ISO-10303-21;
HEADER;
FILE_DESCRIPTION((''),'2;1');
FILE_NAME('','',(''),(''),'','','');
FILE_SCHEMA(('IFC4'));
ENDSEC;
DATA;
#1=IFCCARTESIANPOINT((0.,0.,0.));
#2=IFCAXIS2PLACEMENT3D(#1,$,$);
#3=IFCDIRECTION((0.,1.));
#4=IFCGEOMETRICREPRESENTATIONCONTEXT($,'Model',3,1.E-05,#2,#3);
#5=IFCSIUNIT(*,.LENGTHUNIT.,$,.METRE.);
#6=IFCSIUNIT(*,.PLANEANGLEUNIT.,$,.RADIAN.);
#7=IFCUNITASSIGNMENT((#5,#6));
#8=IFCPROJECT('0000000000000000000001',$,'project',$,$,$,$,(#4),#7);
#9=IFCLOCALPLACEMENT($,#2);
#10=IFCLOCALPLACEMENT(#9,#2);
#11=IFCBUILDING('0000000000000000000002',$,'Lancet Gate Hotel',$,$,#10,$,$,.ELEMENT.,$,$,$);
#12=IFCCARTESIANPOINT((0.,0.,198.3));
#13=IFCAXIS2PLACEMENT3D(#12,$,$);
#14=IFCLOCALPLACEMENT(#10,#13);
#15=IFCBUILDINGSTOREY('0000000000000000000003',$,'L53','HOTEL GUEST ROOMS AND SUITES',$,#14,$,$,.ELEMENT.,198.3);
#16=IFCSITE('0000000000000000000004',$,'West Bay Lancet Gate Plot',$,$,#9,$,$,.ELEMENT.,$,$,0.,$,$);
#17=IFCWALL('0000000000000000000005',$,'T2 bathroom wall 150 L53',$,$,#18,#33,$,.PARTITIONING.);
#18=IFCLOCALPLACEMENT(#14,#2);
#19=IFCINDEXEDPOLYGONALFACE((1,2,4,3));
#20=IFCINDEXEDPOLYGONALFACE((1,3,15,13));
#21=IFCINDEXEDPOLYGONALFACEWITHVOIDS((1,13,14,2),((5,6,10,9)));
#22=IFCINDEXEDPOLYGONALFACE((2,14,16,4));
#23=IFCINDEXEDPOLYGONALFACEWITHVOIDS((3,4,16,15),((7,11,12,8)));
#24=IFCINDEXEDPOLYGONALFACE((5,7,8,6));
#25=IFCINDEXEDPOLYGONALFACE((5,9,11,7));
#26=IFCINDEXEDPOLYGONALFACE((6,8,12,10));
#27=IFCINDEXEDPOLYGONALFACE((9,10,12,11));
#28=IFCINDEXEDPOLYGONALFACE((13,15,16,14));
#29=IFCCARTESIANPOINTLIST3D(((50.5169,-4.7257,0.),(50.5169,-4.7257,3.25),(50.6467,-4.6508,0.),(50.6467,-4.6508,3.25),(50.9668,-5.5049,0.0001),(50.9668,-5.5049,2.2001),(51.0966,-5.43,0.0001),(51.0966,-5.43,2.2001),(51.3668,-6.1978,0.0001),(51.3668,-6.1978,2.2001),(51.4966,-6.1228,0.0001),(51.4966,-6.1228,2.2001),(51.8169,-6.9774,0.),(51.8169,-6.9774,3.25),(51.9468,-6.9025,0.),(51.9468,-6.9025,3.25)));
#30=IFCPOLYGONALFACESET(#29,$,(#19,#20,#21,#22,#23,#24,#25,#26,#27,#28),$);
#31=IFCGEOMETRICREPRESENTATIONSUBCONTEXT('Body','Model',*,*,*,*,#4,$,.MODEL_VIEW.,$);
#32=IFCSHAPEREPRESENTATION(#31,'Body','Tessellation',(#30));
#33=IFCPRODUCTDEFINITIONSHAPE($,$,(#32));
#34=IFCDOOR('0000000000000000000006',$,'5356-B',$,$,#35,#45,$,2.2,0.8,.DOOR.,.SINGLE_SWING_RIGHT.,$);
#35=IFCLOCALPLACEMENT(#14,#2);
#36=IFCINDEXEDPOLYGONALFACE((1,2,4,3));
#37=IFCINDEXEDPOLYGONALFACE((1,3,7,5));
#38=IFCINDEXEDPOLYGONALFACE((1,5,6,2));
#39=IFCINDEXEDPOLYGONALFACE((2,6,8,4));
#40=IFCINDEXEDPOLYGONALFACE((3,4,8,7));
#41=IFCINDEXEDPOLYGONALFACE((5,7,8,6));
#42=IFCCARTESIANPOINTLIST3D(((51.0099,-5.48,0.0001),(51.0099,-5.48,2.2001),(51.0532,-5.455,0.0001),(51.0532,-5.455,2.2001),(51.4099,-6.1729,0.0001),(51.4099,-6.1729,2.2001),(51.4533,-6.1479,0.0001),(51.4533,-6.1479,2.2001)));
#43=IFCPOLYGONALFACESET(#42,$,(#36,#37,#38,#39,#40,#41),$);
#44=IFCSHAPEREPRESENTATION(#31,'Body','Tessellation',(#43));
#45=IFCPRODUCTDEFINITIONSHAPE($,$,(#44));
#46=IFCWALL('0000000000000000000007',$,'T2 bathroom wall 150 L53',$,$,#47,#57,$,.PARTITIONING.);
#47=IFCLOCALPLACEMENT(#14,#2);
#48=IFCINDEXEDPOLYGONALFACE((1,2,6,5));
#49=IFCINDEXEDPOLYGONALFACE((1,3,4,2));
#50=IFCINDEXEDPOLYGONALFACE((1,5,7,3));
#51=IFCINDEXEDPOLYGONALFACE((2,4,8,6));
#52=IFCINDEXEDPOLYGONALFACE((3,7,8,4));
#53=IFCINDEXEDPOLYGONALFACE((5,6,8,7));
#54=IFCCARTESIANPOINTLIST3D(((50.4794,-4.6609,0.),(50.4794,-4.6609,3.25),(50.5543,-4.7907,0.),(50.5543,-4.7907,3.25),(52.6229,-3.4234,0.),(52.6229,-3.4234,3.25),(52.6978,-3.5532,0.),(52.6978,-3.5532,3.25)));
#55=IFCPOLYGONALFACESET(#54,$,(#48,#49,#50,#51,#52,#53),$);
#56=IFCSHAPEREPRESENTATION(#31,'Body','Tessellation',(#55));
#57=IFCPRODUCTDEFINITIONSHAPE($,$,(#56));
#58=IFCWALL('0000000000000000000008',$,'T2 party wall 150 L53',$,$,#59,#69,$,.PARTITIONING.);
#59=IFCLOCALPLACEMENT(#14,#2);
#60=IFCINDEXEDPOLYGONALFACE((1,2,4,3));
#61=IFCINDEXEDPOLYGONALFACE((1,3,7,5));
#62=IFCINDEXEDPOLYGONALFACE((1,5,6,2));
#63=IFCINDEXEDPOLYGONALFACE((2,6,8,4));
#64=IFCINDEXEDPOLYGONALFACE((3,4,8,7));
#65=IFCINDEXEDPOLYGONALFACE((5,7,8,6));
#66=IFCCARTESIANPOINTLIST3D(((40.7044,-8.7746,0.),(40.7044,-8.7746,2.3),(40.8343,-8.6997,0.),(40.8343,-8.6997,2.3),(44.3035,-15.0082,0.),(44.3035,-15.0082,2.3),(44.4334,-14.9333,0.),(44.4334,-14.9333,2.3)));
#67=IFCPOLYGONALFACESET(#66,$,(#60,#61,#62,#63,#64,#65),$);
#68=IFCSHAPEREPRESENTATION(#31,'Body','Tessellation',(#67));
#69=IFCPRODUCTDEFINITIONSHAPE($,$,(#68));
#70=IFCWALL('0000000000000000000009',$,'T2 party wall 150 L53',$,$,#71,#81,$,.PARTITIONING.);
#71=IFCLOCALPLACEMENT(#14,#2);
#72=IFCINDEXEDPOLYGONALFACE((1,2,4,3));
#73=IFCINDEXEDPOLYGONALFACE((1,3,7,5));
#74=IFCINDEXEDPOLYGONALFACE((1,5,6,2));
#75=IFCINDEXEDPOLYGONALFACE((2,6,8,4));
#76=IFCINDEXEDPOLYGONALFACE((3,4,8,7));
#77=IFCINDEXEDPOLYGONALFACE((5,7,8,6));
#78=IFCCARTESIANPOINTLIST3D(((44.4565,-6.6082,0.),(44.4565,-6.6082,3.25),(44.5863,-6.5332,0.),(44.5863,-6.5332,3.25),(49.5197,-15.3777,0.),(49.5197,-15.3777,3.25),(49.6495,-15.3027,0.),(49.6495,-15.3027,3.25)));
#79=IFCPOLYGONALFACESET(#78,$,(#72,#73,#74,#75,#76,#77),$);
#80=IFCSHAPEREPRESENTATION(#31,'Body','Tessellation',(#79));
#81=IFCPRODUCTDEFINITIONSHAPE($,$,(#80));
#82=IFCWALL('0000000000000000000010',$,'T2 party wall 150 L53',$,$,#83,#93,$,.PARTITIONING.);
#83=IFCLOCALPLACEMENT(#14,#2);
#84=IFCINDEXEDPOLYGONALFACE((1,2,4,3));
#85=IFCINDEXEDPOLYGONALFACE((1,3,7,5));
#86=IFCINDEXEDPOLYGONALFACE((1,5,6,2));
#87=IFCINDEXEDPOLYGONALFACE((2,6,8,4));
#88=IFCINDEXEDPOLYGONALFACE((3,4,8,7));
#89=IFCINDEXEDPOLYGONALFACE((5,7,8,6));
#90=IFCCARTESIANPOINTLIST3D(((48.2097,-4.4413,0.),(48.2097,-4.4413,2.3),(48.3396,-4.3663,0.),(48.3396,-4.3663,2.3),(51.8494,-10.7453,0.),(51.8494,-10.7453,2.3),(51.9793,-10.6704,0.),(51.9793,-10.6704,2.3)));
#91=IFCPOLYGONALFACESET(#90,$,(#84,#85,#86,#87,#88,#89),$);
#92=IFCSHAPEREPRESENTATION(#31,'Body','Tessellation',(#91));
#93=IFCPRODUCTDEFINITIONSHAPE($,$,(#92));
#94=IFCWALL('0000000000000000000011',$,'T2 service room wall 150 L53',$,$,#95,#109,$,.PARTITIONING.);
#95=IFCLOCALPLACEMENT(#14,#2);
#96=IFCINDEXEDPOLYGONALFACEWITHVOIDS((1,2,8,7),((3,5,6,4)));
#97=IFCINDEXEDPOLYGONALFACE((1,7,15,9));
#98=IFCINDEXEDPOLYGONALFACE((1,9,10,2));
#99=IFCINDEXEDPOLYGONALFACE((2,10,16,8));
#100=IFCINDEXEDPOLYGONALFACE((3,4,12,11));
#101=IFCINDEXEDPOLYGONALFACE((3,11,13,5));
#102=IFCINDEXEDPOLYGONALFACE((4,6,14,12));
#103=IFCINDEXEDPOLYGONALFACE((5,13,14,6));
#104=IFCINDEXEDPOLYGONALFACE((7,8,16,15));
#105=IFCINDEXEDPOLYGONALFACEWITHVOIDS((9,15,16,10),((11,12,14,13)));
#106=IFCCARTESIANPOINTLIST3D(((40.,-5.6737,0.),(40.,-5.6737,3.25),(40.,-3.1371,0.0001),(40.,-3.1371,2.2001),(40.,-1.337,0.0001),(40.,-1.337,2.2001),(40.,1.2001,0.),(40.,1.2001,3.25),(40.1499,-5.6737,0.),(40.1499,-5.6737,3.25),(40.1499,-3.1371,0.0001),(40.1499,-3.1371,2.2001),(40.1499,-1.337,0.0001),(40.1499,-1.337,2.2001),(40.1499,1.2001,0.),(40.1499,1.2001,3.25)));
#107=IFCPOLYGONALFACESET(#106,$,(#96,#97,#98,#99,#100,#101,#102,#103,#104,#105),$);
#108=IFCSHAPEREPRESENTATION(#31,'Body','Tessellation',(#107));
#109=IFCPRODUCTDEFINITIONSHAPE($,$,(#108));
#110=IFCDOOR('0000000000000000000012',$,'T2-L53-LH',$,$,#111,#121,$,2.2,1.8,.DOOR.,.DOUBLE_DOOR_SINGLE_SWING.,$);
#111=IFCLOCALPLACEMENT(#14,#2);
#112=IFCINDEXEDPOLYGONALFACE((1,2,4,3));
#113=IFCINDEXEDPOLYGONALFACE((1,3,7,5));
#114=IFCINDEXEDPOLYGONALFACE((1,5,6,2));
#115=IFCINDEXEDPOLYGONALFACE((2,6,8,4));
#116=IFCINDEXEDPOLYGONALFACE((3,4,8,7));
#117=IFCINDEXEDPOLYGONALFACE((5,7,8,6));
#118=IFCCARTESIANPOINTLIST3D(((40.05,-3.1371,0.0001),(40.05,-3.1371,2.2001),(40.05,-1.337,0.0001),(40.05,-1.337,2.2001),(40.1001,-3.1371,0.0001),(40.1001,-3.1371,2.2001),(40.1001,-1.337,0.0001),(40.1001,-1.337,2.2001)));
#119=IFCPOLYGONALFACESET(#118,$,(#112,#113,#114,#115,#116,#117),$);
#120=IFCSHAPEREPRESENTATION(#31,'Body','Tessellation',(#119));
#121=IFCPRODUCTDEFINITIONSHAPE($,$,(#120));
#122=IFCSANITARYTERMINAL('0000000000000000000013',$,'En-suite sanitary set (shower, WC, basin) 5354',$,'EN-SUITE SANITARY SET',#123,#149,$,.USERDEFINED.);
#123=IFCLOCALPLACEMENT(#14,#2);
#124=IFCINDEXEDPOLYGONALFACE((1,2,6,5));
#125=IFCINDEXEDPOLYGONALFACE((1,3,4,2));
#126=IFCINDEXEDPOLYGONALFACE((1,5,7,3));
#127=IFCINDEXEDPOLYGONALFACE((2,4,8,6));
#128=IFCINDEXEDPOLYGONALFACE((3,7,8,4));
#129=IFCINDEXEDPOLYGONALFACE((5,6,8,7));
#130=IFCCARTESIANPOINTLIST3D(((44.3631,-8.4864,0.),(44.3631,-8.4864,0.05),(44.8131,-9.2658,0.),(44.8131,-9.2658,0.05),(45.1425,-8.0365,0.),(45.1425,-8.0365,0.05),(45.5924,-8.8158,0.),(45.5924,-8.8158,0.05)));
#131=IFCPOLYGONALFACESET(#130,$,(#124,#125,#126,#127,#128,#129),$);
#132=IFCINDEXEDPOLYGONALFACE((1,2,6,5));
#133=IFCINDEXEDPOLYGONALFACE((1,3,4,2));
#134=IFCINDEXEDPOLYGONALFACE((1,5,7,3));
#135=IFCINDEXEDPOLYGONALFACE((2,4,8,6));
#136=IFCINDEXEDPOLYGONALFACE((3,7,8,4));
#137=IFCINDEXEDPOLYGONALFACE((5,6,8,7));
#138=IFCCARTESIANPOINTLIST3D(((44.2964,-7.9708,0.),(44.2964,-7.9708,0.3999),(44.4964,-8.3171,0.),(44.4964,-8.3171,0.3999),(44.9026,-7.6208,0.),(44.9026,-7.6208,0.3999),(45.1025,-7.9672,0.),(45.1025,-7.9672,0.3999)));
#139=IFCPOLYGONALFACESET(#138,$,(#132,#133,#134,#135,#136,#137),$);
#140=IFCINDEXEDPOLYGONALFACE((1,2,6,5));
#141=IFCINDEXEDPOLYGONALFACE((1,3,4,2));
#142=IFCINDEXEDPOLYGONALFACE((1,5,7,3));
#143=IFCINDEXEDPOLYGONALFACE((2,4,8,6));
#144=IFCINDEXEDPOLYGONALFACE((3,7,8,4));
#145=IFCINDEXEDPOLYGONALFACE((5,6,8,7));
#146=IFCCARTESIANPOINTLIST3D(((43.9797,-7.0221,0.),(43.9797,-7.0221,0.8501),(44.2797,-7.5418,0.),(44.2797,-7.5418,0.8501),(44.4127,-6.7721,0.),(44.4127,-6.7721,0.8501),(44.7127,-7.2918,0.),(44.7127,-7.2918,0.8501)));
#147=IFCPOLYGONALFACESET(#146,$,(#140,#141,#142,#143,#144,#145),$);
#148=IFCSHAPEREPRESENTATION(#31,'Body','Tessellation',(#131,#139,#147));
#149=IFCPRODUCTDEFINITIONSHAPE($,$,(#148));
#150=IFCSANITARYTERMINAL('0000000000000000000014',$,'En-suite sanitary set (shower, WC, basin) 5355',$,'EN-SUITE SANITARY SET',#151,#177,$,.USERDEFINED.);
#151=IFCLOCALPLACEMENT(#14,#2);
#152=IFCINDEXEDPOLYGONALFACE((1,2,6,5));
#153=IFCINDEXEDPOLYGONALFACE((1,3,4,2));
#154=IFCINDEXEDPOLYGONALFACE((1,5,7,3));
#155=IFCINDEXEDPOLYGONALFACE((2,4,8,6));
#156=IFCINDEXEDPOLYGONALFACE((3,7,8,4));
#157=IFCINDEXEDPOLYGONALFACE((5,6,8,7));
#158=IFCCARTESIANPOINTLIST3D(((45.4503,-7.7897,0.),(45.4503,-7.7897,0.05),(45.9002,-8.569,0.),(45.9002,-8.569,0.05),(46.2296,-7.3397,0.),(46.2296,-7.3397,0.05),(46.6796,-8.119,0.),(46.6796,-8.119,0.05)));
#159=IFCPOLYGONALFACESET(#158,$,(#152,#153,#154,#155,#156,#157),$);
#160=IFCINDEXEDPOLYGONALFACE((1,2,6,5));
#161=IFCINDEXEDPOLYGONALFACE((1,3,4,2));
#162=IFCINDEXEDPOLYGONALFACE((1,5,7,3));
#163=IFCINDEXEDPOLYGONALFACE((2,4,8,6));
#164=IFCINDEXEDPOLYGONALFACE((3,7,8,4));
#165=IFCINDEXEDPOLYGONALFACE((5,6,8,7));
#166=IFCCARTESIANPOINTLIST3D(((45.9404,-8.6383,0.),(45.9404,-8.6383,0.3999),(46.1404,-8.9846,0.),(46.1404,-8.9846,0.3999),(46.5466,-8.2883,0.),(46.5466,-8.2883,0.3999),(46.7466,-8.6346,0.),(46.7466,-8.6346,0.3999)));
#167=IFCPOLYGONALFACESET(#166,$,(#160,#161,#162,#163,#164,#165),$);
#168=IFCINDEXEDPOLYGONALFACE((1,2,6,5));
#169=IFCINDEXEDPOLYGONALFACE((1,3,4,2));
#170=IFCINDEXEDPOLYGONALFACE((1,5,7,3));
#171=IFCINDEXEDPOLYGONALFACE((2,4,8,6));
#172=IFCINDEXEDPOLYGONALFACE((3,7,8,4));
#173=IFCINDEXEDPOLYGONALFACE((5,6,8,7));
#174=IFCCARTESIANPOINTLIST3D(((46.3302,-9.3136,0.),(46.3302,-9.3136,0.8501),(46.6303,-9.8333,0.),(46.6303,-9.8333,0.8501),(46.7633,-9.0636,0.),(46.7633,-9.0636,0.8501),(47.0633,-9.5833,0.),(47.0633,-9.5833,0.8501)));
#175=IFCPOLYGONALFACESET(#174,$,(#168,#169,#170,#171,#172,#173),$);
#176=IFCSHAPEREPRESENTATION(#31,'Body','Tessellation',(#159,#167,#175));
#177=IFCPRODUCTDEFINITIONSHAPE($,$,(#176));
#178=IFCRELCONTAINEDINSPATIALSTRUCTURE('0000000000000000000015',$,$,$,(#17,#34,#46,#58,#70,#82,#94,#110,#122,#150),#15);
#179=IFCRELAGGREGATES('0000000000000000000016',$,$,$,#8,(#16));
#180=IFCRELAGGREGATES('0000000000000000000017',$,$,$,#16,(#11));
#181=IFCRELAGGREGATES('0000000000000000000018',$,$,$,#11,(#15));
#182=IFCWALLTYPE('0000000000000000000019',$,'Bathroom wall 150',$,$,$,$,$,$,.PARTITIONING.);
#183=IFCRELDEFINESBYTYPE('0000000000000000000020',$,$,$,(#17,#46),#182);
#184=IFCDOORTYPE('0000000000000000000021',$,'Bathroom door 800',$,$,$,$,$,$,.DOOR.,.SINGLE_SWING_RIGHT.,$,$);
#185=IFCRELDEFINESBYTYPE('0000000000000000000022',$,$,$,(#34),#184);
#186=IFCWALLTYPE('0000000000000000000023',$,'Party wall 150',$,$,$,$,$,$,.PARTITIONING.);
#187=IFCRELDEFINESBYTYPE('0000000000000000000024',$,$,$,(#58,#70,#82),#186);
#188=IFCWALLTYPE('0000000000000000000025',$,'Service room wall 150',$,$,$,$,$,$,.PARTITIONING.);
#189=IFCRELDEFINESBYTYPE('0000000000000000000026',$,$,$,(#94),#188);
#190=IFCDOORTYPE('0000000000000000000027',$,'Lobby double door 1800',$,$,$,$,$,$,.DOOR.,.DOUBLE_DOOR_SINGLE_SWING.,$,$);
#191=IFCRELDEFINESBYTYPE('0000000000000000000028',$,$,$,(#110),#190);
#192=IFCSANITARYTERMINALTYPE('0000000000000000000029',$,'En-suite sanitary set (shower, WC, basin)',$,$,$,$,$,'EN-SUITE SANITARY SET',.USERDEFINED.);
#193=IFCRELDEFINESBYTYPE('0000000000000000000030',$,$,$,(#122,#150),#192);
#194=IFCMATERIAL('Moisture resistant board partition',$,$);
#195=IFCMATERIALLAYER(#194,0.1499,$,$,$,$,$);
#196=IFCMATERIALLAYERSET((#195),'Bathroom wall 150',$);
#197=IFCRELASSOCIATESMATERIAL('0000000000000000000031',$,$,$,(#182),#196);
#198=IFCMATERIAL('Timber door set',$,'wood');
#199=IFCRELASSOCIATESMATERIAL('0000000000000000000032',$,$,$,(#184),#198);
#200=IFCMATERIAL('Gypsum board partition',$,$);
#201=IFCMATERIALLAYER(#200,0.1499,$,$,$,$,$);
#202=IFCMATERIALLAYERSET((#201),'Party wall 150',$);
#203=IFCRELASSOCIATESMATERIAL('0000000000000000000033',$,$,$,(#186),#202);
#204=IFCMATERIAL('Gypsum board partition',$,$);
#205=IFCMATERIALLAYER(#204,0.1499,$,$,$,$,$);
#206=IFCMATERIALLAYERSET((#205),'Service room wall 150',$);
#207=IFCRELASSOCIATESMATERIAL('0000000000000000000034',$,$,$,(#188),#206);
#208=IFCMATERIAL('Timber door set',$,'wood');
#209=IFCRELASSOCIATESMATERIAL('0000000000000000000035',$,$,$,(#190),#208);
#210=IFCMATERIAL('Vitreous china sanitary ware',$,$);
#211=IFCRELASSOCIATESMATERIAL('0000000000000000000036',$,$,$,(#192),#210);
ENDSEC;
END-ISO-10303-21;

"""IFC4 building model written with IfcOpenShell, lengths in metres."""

from ifc_helpers import new_model, si_unit, direction, frame, frame_2d, origin, origin_2d, place, context, subcontext, project, spatial, rectangle, extrude, material, layer, layer_set, type_object, element, fill, save


model = new_model("IFC4")

# Units and contexts
model_context = context("Model", 3, precision=1e-05, world=origin(), true_north=direction((0.0, 1.0)))
body_context = subcontext(model_context, "Body", "Model", "MODEL_VIEW")
ifc_project = project(units=[si_unit("LENGTHUNIT", "METRE"), si_unit("PLANEANGLEUNIT", "RADIAN")], contexts=[model_context])

# Site, building, storey
site_placement = place(None, origin())
site = spatial("IfcSite", under=ifc_project, at=site_placement, Name="West Bay Lancet Gate Plot", CompositionType="ELEMENT", RefElevation=0.0)
building_placement = place(site_placement, origin())
building = spatial("IfcBuilding", under=site, at=building_placement, Name="Lancet Gate Hotel", CompositionType="ELEMENT")
storey_placement = place(building_placement, frame((0.0, 0.0, 198.3)))
storey = spatial("IfcBuildingStorey", under=building, at=storey_placement, Name="L53", Description="HOTEL GUEST ROOMS AND SUITES", CompositionType="ELEMENT", Elevation=198.3)

# Shared definitions
ifc_material_1 = material(Name="Moisture resistant board partition")
ifc_layer_1 = layer(ifc_material_1, 0.1499)
ifc_layer_set_1 = layer_set([ifc_layer_1], Name="Bathroom wall 150")
wall_type_1 = type_object("IfcWallType", Name="Bathroom wall 150", PredefinedType="PARTITIONING", material=ifc_layer_set_1)

# Shared definitions
ifc_material_2 = material(Name="Timber door set", Category="wood")
door_type_1 = type_object("IfcDoorType", Name="Bathroom door 800", OperationType="SINGLE_SWING_RIGHT", PredefinedType="DOOR", material=ifc_material_2)

# Wall, opening, door
wall_1_placement = place(storey_placement, frame((50.5818, -4.6882, 0.0), z_axis=(0.0, 0.0, 1.0), x_axis=(0.500007, -0.866021, 0.0)))
wall_1 = element("IfcWall", 1, at=wall_1_placement, inside=storey, type_object=wall_type_1, Name="T2 bathroom wall 150 L53", PredefinedType="PARTITIONING", context=body_context, shape_type="SweptSolid", body=[
    extrude(rectangle(XDim=2.6001, YDim=0.1499, at=frame_2d((1.3, 0.0))), origin(), (0.0, 0.0, 1.0), 3.25),
])
opening_1_placement = place(wall_1_placement, frame((0.8999, 0.0, 0.0)))
opening_1 = element("IfcOpeningElement", 2, at=opening_1_placement, cuts=wall_1, PredefinedType="OPENING", context=body_context, shape_type="SweptSolid", body=[
    extrude(rectangle(XDim=0.8, YDim=2.2, at=frame_2d((0.3999, 1.1001))), frame((0.0, 0.085, 0.0), z_axis=(0.0, -1.0, 0.0), x_axis=(1.0, 0.0, 0.0)), (0.0, 0.0, 1.0), 0.1699),
])
door_1_placement = place(opening_1_placement, origin())
door_1 = element("IfcDoor", 3, at=door_1_placement, inside=storey, type_object=door_type_1, Name="5356-B", OperationType="SINGLE_SWING_RIGHT", OverallHeight=2.2, OverallWidth=0.8, PredefinedType="DOOR", context=body_context, shape_type="SweptSolid", body=[
    extrude(rectangle(XDim=0.8, YDim=2.2, at=frame_2d((0.3999, 1.1001))), frame((0.0, 0.0249, 0.0), z_axis=(0.0, -1.0, 0.0), x_axis=(1.0, 0.0, 0.0)), (0.0, 0.0, 1.0), 0.05),
])
fill(opening_1, door_1)

# Walls
wall_2_placement = place(storey_placement, frame((50.5168, -4.7258, 0.0), z_axis=(0.0, 0.0, 1.0), x_axis=(0.866031, 0.49999, 0.0)))
element("IfcWall", 4, at=wall_2_placement, inside=storey, type_object=wall_type_1, Name="T2 bathroom wall 150 L53", PredefinedType="PARTITIONING", context=body_context, shape_type="SweptSolid", body=[
    extrude(rectangle(XDim=2.4751, YDim=0.1499, at=frame_2d((1.2375, 0.0))), origin(), (0.0, 0.0, 1.0), 3.25),
])
ifc_material_3 = material(Name="Gypsum board partition")
ifc_layer_2 = layer(ifc_material_3, 0.1499)
ifc_layer_set_2 = layer_set([ifc_layer_2], Name="Party wall 150")
wall_type_2 = type_object("IfcWallType", Name="Party wall 150", PredefinedType="PARTITIONING", material=ifc_layer_set_2)
wall_3_placement = place(storey_placement, frame((40.7693, -8.7371, 0.0), z_axis=(0.0, 0.0, 1.0), x_axis=(0.500013, -0.866018, 0.0)))
element("IfcWall", 5, at=wall_3_placement, inside=storey, type_object=wall_type_2, Name="T2 party wall 150 L53", PredefinedType="PARTITIONING", context=body_context, shape_type="SweptSolid", body=[
    extrude(rectangle(XDim=7.198, YDim=0.1499, at=frame_2d((3.5991, 0.0))), origin(), (0.0, 0.0, 1.0), 2.3),
])
wall_4_placement = place(storey_placement, frame((44.5215, -6.5708, 0.0), z_axis=(0.0, 0.0, 1.0), x_axis=(0.50001, -0.866019, 0.0)))
element("IfcWall", 6, at=wall_4_placement, inside=storey, type_object=wall_type_2, Name="T2 party wall 150 L53", PredefinedType="PARTITIONING", context=body_context, shape_type="SweptSolid", body=[
    extrude(rectangle(XDim=10.1262, YDim=0.1499, at=frame_2d((5.063, 0.0))), origin(), (0.0, 0.0, 1.0), 3.25),
])
wall_5_placement = place(storey_placement, frame((48.2747, -4.4038, 0.0), z_axis=(0.0, 0.0, 1.0), x_axis=(0.500006, -0.866022, 0.0)))
element("IfcWall", 7, at=wall_5_placement, inside=storey, type_object=wall_type_2, Name="T2 party wall 150 L53", PredefinedType="PARTITIONING", context=body_context, shape_type="SweptSolid", body=[
    extrude(rectangle(XDim=7.2793, YDim=0.1499, at=frame_2d((3.6396, 0.0))), origin(), (0.0, 0.0, 1.0), 2.3),
])

# Wall, opening, door
ifc_material_4 = material(Name="Gypsum board partition")
ifc_layer_3 = layer(ifc_material_4, 0.1499)
ifc_layer_set_3 = layer_set([ifc_layer_3], Name="Service room wall 150")
wall_type_3 = type_object("IfcWallType", Name="Service room wall 150", PredefinedType="PARTITIONING", material=ifc_layer_set_3)
wall_6_placement = place(storey_placement, frame((40.075, -5.6738, 0.0), z_axis=(0.0, 0.0, 1.0), x_axis=(0.0, 1.0, 0.0)))
wall_6 = element("IfcWall", 8, at=wall_6_placement, inside=storey, type_object=wall_type_3, Name="T2 service room wall 150 L53", PredefinedType="PARTITIONING", context=body_context, shape_type="SweptSolid", body=[
    extrude(rectangle(XDim=6.8738, YDim=0.1499, at=frame_2d((3.437, 0.0))), origin(), (0.0, 0.0, 1.0), 3.25),
])
opening_2_placement = place(wall_6_placement, frame((2.5369, 0.0, 0.0)))
opening_2 = element("IfcOpeningElement", 9, at=opening_2_placement, cuts=wall_6, PredefinedType="OPENING", context=body_context, shape_type="SweptSolid", body=[
    extrude(rectangle(XDim=1.8, YDim=2.2, at=frame_2d((0.8999, 1.1001))), frame((0.0, 0.085, 0.0), z_axis=(0.0, -1.0, 0.0), x_axis=(1.0, 0.0, 0.0)), (0.0, 0.0, 1.0), 0.1699),
])
ifc_material_5 = material(Name="Timber door set", Category="wood")
door_type_2 = type_object("IfcDoorType", Name="Lobby double door 1800", OperationType="DOUBLE_DOOR_SINGLE_SWING", PredefinedType="DOOR", material=ifc_material_5)
door_2_placement = place(opening_2_placement, origin())
door_2 = element("IfcDoor", 10, at=door_2_placement, inside=storey, type_object=door_type_2, Name="T2-L53-LH", OperationType="DOUBLE_DOOR_SINGLE_SWING", OverallHeight=2.2, OverallWidth=1.8, PredefinedType="DOOR", context=body_context, shape_type="SweptSolid", body=[
    extrude(rectangle(XDim=1.8, YDim=2.2, at=frame_2d((0.8999, 1.1001))), frame((0.0, 0.0249, 0.0), z_axis=(0.0, -1.0, 0.0), x_axis=(1.0, 0.0, 0.0)), (0.0, 0.0, 1.0), 0.05),
])
fill(opening_2, door_2)

# Sanitary terminals
ifc_material_6 = material(Name="Vitreous china sanitary ware")
sanitary_terminal_type = type_object("IfcSanitaryTerminalType", Name="En-suite sanitary set (shower, WC, basin)", ElementType="EN-SUITE SANITARY SET", PredefinedType="USERDEFINED", material=ifc_material_6)
sanitary_terminal_1_placement = place(storey_placement, frame((44.9778, -8.6511, 0.0), z_axis=(0.0, 0.0, 1.0), x_axis=(1.0, 0.0, 0.0)))
element("IfcSanitaryTerminal", 11, at=sanitary_terminal_1_placement, inside=storey, type_object=sanitary_terminal_type, Name="En-suite sanitary set (shower, WC, basin) 5354", ObjectType="EN-SUITE SANITARY SET", PredefinedType="USERDEFINED", context=body_context, shape_type="SweptSolid", body=[
    extrude(rectangle(XDim=0.8999, YDim=0.8999, at=origin_2d()), frame((0.0, 0.0, 0.0), z_axis=(0.0, 0.0, 1.0), x_axis=(0.5, -0.866025, 0.0)), (0.0, 0.0, 1.0), 0.05),
    extrude(rectangle(XDim=0.3999, YDim=0.7, at=origin_2d()), frame((-0.2783, 0.6821, 0.0), z_axis=(0.0, 0.0, 1.0), x_axis=(0.5, -0.866025, 0.0)), (0.0, 0.0, 1.0), 0.3999),
    extrude(rectangle(XDim=0.6001, YDim=0.5, at=origin_2d()), frame((-0.6316, 1.4941, 0.0), z_axis=(0.0, 0.0, 1.0), x_axis=(0.5, -0.866025, 0.0)), (0.0, 0.0, 1.0), 0.8501),
])
sanitary_terminal_2_placement = place(storey_placement, frame((46.0649, -7.9543, 0.0), z_axis=(0.0, 0.0, 1.0), x_axis=(1.0, 0.0, 0.0)))
element("IfcSanitaryTerminal", 12, at=sanitary_terminal_2_placement, inside=storey, type_object=sanitary_terminal_type, Name="En-suite sanitary set (shower, WC, basin) 5355", ObjectType="EN-SUITE SANITARY SET", PredefinedType="USERDEFINED", context=body_context, shape_type="SweptSolid", body=[
    extrude(rectangle(XDim=0.8999, YDim=0.8999, at=origin_2d()), frame((0.0, 0.0, 0.0), z_axis=(0.0, 0.0, 1.0), x_axis=(-0.5, 0.866025, 0.0)), (0.0, 0.0, 1.0), 0.05),
    extrude(rectangle(XDim=0.3999, YDim=0.7, at=origin_2d()), frame((0.2786, -0.6821, 0.0), z_axis=(0.0, 0.0, 1.0), x_axis=(-0.5, 0.866025, 0.0)), (0.0, 0.0, 1.0), 0.3999),
    extrude(rectangle(XDim=0.6001, YDim=0.5, at=origin_2d()), frame((0.6318, -1.4941, 0.0), z_axis=(0.0, 0.0, 1.0), x_axis=(-0.5, 0.866025, 0.0)), (0.0, 0.0, 1.0), 0.8501),
])

save(model, "model.ifc")
